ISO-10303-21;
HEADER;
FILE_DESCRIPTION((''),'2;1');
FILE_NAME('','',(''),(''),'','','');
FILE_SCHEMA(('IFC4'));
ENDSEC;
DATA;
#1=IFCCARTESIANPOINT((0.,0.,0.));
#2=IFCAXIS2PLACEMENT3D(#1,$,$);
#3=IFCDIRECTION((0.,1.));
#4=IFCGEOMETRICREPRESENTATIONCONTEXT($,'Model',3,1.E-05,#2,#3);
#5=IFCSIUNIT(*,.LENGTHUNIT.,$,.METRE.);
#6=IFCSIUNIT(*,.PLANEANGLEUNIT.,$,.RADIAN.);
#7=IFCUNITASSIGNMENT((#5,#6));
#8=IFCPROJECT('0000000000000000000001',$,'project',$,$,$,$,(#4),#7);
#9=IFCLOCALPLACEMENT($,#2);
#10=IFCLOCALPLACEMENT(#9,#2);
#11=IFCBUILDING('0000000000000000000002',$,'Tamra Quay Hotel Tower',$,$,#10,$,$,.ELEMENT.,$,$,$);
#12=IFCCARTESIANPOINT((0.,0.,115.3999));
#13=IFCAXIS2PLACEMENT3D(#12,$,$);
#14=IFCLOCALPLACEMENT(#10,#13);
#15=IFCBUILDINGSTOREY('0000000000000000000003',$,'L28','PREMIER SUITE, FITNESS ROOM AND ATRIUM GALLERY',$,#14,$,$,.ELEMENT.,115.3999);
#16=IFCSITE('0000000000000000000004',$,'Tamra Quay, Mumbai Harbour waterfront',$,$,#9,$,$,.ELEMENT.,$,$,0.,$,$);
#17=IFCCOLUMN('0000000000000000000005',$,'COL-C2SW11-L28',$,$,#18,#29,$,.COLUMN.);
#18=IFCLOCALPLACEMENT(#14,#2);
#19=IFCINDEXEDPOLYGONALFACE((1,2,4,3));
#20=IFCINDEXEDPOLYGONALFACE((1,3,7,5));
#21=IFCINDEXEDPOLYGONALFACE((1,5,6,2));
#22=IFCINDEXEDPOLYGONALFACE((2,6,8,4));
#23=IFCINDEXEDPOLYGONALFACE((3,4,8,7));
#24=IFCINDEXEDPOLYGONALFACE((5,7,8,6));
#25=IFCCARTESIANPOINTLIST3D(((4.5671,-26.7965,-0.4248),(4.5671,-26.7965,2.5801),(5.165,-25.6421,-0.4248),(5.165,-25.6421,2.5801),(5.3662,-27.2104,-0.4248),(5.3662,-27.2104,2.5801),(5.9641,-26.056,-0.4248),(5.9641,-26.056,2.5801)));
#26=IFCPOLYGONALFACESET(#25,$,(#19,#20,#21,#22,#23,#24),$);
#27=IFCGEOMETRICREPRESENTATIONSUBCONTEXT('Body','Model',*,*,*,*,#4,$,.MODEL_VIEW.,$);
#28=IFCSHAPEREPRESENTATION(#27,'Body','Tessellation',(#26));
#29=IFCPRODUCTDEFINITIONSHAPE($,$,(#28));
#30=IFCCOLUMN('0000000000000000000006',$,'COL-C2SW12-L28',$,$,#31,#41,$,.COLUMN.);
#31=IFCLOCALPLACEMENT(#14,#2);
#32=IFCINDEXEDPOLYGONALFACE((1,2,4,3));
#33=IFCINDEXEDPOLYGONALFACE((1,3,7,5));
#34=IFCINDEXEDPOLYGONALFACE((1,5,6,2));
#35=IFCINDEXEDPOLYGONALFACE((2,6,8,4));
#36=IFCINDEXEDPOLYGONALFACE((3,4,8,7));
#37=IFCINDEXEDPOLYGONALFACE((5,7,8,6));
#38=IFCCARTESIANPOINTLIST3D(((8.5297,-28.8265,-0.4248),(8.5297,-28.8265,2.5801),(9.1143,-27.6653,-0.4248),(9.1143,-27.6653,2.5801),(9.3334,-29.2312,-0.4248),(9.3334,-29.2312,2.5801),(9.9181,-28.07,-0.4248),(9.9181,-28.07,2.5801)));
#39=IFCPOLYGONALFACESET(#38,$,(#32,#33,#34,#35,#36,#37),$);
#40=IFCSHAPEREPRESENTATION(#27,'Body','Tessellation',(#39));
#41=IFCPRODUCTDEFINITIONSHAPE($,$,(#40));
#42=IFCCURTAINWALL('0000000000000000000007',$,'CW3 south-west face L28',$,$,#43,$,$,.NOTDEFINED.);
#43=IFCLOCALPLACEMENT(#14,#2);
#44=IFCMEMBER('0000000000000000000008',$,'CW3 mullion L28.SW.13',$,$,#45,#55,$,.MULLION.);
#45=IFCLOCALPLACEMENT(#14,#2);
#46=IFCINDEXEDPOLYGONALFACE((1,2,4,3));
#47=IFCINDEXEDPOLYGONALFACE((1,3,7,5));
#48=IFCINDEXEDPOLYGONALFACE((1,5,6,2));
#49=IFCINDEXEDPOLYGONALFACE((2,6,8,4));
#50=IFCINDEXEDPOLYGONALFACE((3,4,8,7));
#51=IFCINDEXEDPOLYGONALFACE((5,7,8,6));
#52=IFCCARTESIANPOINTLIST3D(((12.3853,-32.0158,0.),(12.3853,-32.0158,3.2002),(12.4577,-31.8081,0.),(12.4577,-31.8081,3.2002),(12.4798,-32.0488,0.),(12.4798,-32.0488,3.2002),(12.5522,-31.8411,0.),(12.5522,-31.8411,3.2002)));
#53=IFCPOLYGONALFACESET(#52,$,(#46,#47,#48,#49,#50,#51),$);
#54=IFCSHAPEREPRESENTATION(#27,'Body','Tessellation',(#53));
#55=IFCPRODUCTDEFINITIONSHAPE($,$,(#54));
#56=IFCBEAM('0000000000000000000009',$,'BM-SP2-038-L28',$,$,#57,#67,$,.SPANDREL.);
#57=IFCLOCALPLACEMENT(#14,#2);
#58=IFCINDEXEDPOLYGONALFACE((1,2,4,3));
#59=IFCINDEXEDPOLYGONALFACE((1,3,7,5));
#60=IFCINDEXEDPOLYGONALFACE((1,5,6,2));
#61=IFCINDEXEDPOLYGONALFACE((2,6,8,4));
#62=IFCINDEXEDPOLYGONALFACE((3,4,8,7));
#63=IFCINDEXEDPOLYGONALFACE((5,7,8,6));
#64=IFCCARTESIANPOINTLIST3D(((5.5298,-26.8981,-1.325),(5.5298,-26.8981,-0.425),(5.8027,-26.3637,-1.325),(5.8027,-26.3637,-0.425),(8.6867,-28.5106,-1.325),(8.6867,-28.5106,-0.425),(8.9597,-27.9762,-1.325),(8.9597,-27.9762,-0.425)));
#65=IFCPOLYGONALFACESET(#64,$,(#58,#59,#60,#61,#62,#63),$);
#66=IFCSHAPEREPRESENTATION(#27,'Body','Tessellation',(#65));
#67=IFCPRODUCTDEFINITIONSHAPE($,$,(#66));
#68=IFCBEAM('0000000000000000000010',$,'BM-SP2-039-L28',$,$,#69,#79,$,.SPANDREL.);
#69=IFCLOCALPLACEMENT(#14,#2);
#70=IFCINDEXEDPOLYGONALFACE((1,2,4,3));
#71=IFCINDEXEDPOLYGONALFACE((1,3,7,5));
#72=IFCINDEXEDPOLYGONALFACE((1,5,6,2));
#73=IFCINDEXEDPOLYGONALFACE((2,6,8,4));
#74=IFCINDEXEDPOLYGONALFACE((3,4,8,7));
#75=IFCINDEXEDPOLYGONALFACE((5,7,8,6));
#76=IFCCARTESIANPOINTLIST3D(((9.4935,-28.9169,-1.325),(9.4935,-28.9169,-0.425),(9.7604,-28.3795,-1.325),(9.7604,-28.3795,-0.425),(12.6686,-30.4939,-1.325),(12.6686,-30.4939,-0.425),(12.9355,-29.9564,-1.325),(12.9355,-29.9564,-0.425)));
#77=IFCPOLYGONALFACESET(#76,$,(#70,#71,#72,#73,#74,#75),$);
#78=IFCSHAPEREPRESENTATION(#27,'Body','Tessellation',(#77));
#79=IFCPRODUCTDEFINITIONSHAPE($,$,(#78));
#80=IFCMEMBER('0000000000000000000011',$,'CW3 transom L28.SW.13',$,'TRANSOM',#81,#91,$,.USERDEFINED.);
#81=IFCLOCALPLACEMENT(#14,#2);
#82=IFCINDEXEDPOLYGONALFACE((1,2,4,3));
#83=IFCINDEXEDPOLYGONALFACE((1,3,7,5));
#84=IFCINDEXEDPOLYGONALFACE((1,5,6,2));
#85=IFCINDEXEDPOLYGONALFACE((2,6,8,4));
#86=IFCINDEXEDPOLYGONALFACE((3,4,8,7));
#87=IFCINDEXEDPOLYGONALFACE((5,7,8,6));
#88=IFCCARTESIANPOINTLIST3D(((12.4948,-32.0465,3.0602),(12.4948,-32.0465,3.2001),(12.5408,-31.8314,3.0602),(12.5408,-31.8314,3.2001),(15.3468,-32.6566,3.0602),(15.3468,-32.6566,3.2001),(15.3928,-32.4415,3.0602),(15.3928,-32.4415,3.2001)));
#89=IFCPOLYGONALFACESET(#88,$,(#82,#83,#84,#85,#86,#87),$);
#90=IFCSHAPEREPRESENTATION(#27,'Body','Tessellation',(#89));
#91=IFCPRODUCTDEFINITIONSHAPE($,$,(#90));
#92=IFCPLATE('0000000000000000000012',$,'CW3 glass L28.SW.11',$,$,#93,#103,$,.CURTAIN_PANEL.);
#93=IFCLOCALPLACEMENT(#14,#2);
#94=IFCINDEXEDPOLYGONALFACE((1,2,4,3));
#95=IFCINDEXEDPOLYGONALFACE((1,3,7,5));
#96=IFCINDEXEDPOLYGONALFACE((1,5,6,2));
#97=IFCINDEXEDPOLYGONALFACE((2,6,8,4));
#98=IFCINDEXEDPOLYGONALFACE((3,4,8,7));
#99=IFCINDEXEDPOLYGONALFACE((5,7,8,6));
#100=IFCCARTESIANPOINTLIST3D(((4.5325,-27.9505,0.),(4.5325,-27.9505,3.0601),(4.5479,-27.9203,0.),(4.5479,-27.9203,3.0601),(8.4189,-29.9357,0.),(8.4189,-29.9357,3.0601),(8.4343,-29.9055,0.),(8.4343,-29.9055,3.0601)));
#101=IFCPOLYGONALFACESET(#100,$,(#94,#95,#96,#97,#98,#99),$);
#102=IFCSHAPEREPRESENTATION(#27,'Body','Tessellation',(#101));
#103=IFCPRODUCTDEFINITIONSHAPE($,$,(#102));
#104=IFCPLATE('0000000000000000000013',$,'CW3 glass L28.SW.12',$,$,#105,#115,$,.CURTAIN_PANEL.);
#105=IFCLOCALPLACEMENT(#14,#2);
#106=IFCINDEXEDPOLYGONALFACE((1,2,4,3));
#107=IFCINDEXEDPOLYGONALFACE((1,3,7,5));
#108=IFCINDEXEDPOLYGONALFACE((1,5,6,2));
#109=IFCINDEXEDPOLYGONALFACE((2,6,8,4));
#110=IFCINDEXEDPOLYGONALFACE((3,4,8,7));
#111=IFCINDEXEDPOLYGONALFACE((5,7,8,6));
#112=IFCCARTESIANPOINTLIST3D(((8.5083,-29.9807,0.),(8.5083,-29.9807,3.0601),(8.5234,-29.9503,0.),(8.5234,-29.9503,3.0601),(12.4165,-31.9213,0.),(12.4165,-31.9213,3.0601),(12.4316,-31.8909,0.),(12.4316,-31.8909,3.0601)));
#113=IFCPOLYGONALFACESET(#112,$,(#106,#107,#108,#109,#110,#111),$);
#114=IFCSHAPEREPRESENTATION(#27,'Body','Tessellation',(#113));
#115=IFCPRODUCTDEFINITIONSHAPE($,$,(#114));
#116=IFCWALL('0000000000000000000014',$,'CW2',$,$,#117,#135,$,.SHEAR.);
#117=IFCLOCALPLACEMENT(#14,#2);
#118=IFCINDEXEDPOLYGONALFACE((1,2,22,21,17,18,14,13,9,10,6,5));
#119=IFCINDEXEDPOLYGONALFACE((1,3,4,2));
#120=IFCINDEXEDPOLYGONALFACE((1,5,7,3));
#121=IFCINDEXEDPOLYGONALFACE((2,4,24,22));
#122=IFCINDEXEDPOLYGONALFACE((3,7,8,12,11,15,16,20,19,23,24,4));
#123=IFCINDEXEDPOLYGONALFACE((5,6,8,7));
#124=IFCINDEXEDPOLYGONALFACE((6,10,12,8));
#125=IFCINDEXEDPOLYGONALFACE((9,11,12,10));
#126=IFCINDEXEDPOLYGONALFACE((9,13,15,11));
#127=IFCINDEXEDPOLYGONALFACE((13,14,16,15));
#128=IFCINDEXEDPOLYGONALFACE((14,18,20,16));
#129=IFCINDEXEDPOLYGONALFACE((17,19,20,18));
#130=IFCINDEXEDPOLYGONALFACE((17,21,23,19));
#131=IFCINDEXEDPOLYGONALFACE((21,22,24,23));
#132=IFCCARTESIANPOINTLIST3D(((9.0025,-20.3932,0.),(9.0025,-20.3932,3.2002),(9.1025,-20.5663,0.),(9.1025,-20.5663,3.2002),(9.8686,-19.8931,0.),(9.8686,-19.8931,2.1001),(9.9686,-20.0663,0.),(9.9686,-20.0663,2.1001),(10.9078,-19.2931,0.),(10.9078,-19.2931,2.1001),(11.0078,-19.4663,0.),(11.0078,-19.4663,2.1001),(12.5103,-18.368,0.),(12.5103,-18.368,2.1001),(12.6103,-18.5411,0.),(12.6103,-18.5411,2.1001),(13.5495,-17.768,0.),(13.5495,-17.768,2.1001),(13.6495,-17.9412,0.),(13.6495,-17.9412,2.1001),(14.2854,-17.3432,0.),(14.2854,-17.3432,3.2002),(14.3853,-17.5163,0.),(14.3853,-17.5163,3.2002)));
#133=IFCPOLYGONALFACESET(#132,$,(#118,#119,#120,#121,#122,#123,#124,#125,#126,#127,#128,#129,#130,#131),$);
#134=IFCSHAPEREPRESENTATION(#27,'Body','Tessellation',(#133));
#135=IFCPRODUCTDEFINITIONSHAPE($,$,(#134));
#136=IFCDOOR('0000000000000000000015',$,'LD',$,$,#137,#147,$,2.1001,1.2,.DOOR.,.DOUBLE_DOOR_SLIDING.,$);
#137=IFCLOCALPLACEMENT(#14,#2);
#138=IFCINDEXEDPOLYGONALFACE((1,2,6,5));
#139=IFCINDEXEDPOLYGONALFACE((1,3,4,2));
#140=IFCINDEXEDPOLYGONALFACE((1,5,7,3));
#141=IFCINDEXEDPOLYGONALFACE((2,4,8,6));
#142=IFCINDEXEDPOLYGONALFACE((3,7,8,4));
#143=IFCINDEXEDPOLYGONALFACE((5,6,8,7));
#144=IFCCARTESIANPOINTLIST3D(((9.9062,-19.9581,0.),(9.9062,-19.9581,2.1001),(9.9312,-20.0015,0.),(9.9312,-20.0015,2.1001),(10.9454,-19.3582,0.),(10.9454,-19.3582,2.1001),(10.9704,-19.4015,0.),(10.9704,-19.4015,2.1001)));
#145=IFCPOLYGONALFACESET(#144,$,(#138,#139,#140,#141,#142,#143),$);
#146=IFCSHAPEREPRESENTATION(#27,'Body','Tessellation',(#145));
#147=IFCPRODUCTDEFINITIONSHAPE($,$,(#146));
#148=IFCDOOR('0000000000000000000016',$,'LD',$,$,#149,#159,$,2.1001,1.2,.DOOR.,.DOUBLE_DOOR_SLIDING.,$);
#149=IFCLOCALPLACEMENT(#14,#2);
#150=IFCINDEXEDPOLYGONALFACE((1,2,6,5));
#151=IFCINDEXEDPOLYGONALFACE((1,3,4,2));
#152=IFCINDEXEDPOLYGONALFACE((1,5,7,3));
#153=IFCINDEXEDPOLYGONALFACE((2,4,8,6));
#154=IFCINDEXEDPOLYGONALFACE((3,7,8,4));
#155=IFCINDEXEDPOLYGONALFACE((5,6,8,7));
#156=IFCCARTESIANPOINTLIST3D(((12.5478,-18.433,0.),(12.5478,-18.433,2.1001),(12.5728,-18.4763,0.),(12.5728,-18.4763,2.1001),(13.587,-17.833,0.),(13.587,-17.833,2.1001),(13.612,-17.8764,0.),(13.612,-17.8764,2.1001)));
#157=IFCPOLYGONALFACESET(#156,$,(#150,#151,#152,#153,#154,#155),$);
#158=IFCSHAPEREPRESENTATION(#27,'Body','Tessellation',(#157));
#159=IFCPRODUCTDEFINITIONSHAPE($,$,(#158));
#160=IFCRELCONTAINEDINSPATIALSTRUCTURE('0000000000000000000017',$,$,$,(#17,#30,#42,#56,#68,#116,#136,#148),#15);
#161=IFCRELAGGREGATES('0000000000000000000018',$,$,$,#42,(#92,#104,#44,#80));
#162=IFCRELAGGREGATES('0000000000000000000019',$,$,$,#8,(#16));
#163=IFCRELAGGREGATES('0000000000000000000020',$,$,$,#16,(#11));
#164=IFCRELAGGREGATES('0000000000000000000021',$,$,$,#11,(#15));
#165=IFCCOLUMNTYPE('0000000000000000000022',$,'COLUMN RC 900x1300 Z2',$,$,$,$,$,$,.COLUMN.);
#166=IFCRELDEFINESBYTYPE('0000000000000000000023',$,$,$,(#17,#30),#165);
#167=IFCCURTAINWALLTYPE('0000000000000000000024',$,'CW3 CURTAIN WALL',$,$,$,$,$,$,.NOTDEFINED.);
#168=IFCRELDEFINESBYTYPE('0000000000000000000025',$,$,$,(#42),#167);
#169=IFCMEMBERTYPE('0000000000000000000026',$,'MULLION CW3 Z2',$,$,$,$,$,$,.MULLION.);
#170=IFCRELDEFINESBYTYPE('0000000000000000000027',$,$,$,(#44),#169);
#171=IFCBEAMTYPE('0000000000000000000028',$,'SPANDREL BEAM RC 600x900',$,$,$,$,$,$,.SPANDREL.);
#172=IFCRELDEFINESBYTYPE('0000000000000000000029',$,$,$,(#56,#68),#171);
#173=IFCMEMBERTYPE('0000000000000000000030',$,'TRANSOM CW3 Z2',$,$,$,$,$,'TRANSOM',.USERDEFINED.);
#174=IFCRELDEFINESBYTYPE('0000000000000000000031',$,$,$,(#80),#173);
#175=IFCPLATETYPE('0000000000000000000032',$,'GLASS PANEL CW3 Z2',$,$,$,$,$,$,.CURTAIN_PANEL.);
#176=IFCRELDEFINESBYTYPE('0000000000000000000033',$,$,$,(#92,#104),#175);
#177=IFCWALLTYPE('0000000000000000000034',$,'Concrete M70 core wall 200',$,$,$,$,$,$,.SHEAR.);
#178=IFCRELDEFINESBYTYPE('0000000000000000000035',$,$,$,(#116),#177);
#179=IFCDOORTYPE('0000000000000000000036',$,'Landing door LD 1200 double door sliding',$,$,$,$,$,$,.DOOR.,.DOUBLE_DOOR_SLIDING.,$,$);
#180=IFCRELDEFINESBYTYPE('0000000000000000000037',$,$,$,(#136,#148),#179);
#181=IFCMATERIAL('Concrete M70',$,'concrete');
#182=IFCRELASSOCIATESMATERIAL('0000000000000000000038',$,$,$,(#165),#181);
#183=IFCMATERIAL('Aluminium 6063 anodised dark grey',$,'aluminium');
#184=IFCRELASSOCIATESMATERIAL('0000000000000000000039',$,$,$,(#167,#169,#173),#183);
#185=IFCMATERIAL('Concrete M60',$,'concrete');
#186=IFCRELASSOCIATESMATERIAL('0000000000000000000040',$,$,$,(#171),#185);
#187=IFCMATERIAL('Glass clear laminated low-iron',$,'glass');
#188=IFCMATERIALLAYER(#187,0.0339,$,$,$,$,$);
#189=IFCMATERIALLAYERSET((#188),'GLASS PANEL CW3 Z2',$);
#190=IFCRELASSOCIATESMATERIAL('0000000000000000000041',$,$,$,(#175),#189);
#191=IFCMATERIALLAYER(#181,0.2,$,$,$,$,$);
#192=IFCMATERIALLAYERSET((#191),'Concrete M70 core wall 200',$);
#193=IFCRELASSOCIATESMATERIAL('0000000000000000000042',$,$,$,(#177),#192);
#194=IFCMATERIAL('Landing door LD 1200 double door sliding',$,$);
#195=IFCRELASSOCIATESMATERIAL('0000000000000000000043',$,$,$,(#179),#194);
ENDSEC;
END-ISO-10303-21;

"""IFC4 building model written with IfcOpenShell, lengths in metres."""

from ifc_helpers import new_model, si_unit, direction, frame, frame_2d, origin, origin_2d, place, context, subcontext, project, spatial, rectangle, extrude, material, layer, layer_set, material_profile, profile_set, type_object, element, fill, aggregate, save


model = new_model("IFC4")

# Units and contexts
model_context = context("Model", 3, precision=1e-05, world=origin(), true_north=direction((0.0, 1.0)))
body_context = subcontext(model_context, "Body", "Model", "MODEL_VIEW")
ifc_project = project(units=[si_unit("LENGTHUNIT", "METRE"), si_unit("PLANEANGLEUNIT", "RADIAN")], contexts=[model_context])

# Site, building, storey
site_placement = place(None, origin())
site = spatial("IfcSite", under=ifc_project, at=site_placement, Name="Tamra Quay, Mumbai Harbour waterfront", CompositionType="ELEMENT", RefElevation=0.0)
building_placement = place(site_placement, origin())
building = spatial("IfcBuilding", under=site, at=building_placement, Name="Tamra Quay Hotel Tower", CompositionType="ELEMENT")
storey_placement = place(building_placement, frame((0.0, 0.0, 115.3999)))
storey = spatial("IfcBuildingStorey", under=building, at=storey_placement, Name="L28", Description="PREMIER SUITE, FITNESS ROOM AND ATRIUM GALLERY", CompositionType="ELEMENT", Elevation=115.3999)

# Columns
ifc_material_1 = material(Name="Concrete M70", Category="concrete")
ifc_material_profile_1 = material_profile(ifc_material_1, rectangle(XDim=1.3, YDim=0.8999, at=origin_2d()), Name="COLUMN RC 900x1300 Z2")
ifc_profile_set_1 = profile_set([ifc_material_profile_1], Name="Concrete M70")
column_type = type_object("IfcColumnType", Name="COLUMN RC 900x1300 Z2", PredefinedType="COLUMN", material=ifc_profile_set_1)
for number, where, z_axis, x_axis, name in (
    (1, (5.2656, -26.4263, -0.4248), (0.0, 0.0, 1.0), (0.45989, 0.887976, 0.0), "COL-C2SW11-L28"),
    (2, (9.2239, -28.4482, -0.4248), (0.0, 0.0, 1.0), (0.449727, 0.893166, 0.0), "COL-C2SW12-L28"),
):
    element("IfcColumn", number, at=place(storey_placement, frame(where, z_axis=z_axis, x_axis=x_axis)), inside=storey, type_object=column_type, Name=name, PredefinedType="COLUMN", context=body_context, shape_type="SweptSolid", body=[
        extrude(rectangle(XDim=1.3, YDim=0.8999, at=origin_2d()), origin(), (0.0, 0.0, 1.0), 3.0049),
    ])

# Curtain wall, member
ifc_material_2 = material(Name="Aluminium 6063 anodised dark grey", Category="aluminium")
curtain_wall_type = type_object("IfcCurtainWallType", Name="CW3 CURTAIN WALL", PredefinedType="NOTDEFINED", material=ifc_material_2)
curtain_wall_placement = place(storey_placement, origin())
curtain_wall = element("IfcCurtainWall", 3, at=curtain_wall_placement, inside=storey, type_object=curtain_wall_type, Name="CW3 south-west face L28", PredefinedType="NOTDEFINED")
ifc_material_profile_2 = material_profile(ifc_material_2, rectangle(XDim=0.22, YDim=0.1001, at=origin_2d()), Name="MULLION 100X220")
ifc_profile_set_2 = profile_set([ifc_material_profile_2], Name="Aluminium 6063 anodised dark grey")
member_type_1 = type_object("IfcMemberType", Name="MULLION CW3 Z2", PredefinedType="MULLION", material=ifc_profile_set_2)
member_1_placement = place(storey_placement, frame((12.4688, -31.9285, 0.0), z_axis=(0.0, 0.0, 1.0), x_axis=(-0.329532, -0.944144, 0.0)))
member_1 = element("IfcMember", 4, at=member_1_placement, type_object=member_type_1, Name="CW3 mullion L28.SW.13", PredefinedType="MULLION", context=body_context, shape_type="SweptSolid", body=[
    extrude(rectangle(XDim=0.22, YDim=0.1001, at=origin_2d()), origin(), (0.0, 0.0, 1.0), 3.2002),
])

# Beams
ifc_material_3 = material(Name="Concrete M60", Category="concrete")
ifc_material_profile_3 = material_profile(ifc_material_3, rectangle(XDim=0.6001, YDim=0.8999, at=origin_2d()), Name="SPANDREL BEAM RC 600x900")
ifc_profile_set_3 = profile_set([ifc_material_profile_3], Name="Concrete M60")
beam_type = type_object("IfcBeamType", Name="SPANDREL BEAM RC 600x900", PredefinedType="SPANDREL", material=ifc_profile_set_3)
beam_1_placement = place(storey_placement, frame((5.6663, -26.6309, -0.875), z_axis=(0.890551, -0.454883, 0.0), x_axis=(0.454883, 0.890551, 0.0)))
element("IfcBeam", 5, at=beam_1_placement, inside=storey, type_object=beam_type, Name="BM-SP2-038-L28", PredefinedType="SPANDREL", context=body_context, shape_type="SweptSolid", body=[
    extrude(rectangle(XDim=0.6001, YDim=0.8999, at=origin_2d()), origin(), (0.0, 0.0, 1.0), 3.5449),
])
beam_2_placement = place(storey_placement, frame((9.627, -28.6482, -0.875), z_axis=(0.895622, -0.444815, 0.0), x_axis=(0.444815, 0.895622, 0.0)))
element("IfcBeam", 6, at=beam_2_placement, inside=storey, type_object=beam_type, Name="BM-SP2-039-L28", PredefinedType="SPANDREL", context=body_context, shape_type="SweptSolid", body=[
    extrude(rectangle(XDim=0.6001, YDim=0.8999, at=origin_2d()), origin(), (0.0, 0.0, 1.0), 3.5452),
])

# Member
ifc_material_profile_4 = material_profile(ifc_material_2, rectangle(XDim=0.22, YDim=0.1399, at=origin_2d()), Name="TRANSOM 220X140")
ifc_profile_set_4 = profile_set([ifc_material_profile_4], Name="Aluminium 6063 anodised dark grey")
member_type_2 = type_object("IfcMemberType", Name="TRANSOM CW3 Z2", ElementType="TRANSOM", PredefinedType="USERDEFINED", material=ifc_profile_set_4)
member_2_placement = place(storey_placement, frame((12.5178, -31.939, 3.1301), z_axis=(0.977876, -0.209186, 0.0), x_axis=(0.209186, 0.977876, 0.0)))
member_2 = element("IfcMember", 7, at=member_2_placement, type_object=member_type_2, Name="CW3 transom L28.SW.13", ObjectType="TRANSOM", PredefinedType="USERDEFINED", context=body_context, shape_type="SweptSolid", body=[
    extrude(rectangle(XDim=0.22, YDim=0.1399, at=origin_2d()), origin(), (0.0, 0.0, 1.0), 2.9165),
])

# Plates
ifc_material_4 = material(Name="Glass clear laminated low-iron", Category="glass")
ifc_layer_1 = layer(ifc_material_4, 0.0339)
ifc_layer_set_1 = layer_set([ifc_layer_1], Name="GLASS PANEL CW3 Z2")
plate_type = type_object("IfcPlateType", Name="GLASS PANEL CW3 Z2", PredefinedType="CURTAIN_PANEL", material=ifc_layer_set_1)
plate_1_placement = place(storey_placement, frame((6.4834, -28.928, 0.0), z_axis=(0.0, 0.0, 1.0), x_axis=(0.890544, -0.454896, 0.0)))
plate_1 = element("IfcPlate", 8, at=plate_1_placement, type_object=plate_type, Name="CW3 glass L28.SW.11", PredefinedType="CURTAIN_PANEL", context=body_context, shape_type="SweptSolid", body=[
    extrude(rectangle(XDim=4.364, YDim=0.0339, at=origin_2d()), origin(), (0.0, 0.0, 1.0), 3.0601),
])
plate_2_placement = place(storey_placement, frame((10.47, -30.9358, 0.0), z_axis=(0.0, 0.0, 1.0), x_axis=(0.895658, -0.444743, 0.0)))
plate_2 = element("IfcPlate", 9, at=plate_2_placement, type_object=plate_type, Name="CW3 glass L28.SW.12", PredefinedType="CURTAIN_PANEL", context=body_context, shape_type="SweptSolid", body=[
    extrude(rectangle(XDim=4.3635, YDim=0.0339, at=origin_2d()), origin(), (0.0, 0.0, 1.0), 3.0601),
])
aggregate(curtain_wall, [plate_1, plate_2, member_1, member_2])

# Wall, openings, doors
ifc_layer_2 = layer(ifc_material_1, 0.2)
ifc_layer_set_2 = layer_set([ifc_layer_2], Name="Concrete M70 core wall 200")
wall_type_1 = type_object("IfcWallType", Name="Concrete M70 core wall 200", PredefinedType="SHEAR", material=ifc_layer_set_2)
wall_1_placement = place(storey_placement, frame((9.0525, -20.4797, 0.0), z_axis=(0.0, 0.0, 1.0), x_axis=(0.86603, 0.499992, 0.0)))
wall_1 = element("IfcWall", 10, at=wall_1_placement, inside=storey, type_object=wall_type_1, Name="CW2", PredefinedType="SHEAR", context=body_context, shape_type="SweptSolid", body=[
    extrude(rectangle(XDim=6.1001, YDim=0.2, at=frame_2d((3.05, 0.0))), origin(), (0.0, 0.0, 1.0), 3.2002),
])
opening_1_placement = place(wall_1_placement, frame((1.0, 0.0, 0.0)))
opening_1 = element("IfcOpeningElement", 11, at=opening_1_placement, cuts=wall_1, PredefinedType="OPENING", context=body_context, shape_type="SweptSolid", body=[
    extrude(rectangle(XDim=1.2, YDim=2.1001, at=frame_2d((0.6001, 1.05))), frame((0.0, 0.1099, 0.0), z_axis=(0.0, -1.0, 0.0), x_axis=(1.0, 0.0, 0.0)), (0.0, 0.0, 1.0), 0.22),
])
opening_2_placement = place(wall_1_placement, frame((4.0503, 0.0, 0.0)))
opening_2 = element("IfcOpeningElement", 12, at=opening_2_placement, cuts=wall_1, PredefinedType="OPENING", context=body_context, shape_type="SweptSolid", body=[
    extrude(rectangle(XDim=1.2, YDim=2.1001, at=frame_2d((0.6001, 1.05))), frame((0.0, 0.1099, 0.0), z_axis=(0.0, -1.0, 0.0), x_axis=(1.0, 0.0, 0.0)), (0.0, 0.0, 1.0), 0.22),
])
ifc_material_5 = material(Name="Landing door LD 1200 double door sliding")
door_type_1 = type_object("IfcDoorType", Name="Landing door LD 1200 double door sliding", OperationType="DOUBLE_DOOR_SLIDING", PredefinedType="DOOR", material=ifc_material_5)
door_1_placement = place(opening_1_placement, origin())
door_1 = element("IfcDoor", 13, at=door_1_placement, inside=storey, type_object=door_type_1, Name="LD", OperationType="DOUBLE_DOOR_SLIDING", OverallHeight=2.1001, OverallWidth=1.2, PredefinedType="DOOR", context=body_context, shape_type="SweptSolid", body=[
    extrude(rectangle(XDim=1.2, YDim=2.1001, at=frame_2d((0.6001, 1.05))), frame((0.0, 0.0249, 0.0), z_axis=(0.0, -1.0, 0.0), x_axis=(1.0, 0.0, 0.0)), (0.0, 0.0, 1.0), 0.05),
])
fill(opening_1, door_1)
door_2_placement = place(opening_2_placement, origin())
door_2 = element("IfcDoor", 14, at=door_2_placement, inside=storey, type_object=door_type_1, Name="LD", OperationType="DOUBLE_DOOR_SLIDING", OverallHeight=2.1001, OverallWidth=1.2, PredefinedType="DOOR", context=body_context, shape_type="SweptSolid", body=[
    extrude(rectangle(XDim=1.2, YDim=2.1001, at=frame_2d((0.6001, 1.05))), frame((0.0, 0.0249, 0.0), z_axis=(0.0, -1.0, 0.0), x_axis=(1.0, 0.0, 0.0)), (0.0, 0.0, 1.0), 0.05),
])
fill(opening_2, door_2)

save(model, "model.ifc")
